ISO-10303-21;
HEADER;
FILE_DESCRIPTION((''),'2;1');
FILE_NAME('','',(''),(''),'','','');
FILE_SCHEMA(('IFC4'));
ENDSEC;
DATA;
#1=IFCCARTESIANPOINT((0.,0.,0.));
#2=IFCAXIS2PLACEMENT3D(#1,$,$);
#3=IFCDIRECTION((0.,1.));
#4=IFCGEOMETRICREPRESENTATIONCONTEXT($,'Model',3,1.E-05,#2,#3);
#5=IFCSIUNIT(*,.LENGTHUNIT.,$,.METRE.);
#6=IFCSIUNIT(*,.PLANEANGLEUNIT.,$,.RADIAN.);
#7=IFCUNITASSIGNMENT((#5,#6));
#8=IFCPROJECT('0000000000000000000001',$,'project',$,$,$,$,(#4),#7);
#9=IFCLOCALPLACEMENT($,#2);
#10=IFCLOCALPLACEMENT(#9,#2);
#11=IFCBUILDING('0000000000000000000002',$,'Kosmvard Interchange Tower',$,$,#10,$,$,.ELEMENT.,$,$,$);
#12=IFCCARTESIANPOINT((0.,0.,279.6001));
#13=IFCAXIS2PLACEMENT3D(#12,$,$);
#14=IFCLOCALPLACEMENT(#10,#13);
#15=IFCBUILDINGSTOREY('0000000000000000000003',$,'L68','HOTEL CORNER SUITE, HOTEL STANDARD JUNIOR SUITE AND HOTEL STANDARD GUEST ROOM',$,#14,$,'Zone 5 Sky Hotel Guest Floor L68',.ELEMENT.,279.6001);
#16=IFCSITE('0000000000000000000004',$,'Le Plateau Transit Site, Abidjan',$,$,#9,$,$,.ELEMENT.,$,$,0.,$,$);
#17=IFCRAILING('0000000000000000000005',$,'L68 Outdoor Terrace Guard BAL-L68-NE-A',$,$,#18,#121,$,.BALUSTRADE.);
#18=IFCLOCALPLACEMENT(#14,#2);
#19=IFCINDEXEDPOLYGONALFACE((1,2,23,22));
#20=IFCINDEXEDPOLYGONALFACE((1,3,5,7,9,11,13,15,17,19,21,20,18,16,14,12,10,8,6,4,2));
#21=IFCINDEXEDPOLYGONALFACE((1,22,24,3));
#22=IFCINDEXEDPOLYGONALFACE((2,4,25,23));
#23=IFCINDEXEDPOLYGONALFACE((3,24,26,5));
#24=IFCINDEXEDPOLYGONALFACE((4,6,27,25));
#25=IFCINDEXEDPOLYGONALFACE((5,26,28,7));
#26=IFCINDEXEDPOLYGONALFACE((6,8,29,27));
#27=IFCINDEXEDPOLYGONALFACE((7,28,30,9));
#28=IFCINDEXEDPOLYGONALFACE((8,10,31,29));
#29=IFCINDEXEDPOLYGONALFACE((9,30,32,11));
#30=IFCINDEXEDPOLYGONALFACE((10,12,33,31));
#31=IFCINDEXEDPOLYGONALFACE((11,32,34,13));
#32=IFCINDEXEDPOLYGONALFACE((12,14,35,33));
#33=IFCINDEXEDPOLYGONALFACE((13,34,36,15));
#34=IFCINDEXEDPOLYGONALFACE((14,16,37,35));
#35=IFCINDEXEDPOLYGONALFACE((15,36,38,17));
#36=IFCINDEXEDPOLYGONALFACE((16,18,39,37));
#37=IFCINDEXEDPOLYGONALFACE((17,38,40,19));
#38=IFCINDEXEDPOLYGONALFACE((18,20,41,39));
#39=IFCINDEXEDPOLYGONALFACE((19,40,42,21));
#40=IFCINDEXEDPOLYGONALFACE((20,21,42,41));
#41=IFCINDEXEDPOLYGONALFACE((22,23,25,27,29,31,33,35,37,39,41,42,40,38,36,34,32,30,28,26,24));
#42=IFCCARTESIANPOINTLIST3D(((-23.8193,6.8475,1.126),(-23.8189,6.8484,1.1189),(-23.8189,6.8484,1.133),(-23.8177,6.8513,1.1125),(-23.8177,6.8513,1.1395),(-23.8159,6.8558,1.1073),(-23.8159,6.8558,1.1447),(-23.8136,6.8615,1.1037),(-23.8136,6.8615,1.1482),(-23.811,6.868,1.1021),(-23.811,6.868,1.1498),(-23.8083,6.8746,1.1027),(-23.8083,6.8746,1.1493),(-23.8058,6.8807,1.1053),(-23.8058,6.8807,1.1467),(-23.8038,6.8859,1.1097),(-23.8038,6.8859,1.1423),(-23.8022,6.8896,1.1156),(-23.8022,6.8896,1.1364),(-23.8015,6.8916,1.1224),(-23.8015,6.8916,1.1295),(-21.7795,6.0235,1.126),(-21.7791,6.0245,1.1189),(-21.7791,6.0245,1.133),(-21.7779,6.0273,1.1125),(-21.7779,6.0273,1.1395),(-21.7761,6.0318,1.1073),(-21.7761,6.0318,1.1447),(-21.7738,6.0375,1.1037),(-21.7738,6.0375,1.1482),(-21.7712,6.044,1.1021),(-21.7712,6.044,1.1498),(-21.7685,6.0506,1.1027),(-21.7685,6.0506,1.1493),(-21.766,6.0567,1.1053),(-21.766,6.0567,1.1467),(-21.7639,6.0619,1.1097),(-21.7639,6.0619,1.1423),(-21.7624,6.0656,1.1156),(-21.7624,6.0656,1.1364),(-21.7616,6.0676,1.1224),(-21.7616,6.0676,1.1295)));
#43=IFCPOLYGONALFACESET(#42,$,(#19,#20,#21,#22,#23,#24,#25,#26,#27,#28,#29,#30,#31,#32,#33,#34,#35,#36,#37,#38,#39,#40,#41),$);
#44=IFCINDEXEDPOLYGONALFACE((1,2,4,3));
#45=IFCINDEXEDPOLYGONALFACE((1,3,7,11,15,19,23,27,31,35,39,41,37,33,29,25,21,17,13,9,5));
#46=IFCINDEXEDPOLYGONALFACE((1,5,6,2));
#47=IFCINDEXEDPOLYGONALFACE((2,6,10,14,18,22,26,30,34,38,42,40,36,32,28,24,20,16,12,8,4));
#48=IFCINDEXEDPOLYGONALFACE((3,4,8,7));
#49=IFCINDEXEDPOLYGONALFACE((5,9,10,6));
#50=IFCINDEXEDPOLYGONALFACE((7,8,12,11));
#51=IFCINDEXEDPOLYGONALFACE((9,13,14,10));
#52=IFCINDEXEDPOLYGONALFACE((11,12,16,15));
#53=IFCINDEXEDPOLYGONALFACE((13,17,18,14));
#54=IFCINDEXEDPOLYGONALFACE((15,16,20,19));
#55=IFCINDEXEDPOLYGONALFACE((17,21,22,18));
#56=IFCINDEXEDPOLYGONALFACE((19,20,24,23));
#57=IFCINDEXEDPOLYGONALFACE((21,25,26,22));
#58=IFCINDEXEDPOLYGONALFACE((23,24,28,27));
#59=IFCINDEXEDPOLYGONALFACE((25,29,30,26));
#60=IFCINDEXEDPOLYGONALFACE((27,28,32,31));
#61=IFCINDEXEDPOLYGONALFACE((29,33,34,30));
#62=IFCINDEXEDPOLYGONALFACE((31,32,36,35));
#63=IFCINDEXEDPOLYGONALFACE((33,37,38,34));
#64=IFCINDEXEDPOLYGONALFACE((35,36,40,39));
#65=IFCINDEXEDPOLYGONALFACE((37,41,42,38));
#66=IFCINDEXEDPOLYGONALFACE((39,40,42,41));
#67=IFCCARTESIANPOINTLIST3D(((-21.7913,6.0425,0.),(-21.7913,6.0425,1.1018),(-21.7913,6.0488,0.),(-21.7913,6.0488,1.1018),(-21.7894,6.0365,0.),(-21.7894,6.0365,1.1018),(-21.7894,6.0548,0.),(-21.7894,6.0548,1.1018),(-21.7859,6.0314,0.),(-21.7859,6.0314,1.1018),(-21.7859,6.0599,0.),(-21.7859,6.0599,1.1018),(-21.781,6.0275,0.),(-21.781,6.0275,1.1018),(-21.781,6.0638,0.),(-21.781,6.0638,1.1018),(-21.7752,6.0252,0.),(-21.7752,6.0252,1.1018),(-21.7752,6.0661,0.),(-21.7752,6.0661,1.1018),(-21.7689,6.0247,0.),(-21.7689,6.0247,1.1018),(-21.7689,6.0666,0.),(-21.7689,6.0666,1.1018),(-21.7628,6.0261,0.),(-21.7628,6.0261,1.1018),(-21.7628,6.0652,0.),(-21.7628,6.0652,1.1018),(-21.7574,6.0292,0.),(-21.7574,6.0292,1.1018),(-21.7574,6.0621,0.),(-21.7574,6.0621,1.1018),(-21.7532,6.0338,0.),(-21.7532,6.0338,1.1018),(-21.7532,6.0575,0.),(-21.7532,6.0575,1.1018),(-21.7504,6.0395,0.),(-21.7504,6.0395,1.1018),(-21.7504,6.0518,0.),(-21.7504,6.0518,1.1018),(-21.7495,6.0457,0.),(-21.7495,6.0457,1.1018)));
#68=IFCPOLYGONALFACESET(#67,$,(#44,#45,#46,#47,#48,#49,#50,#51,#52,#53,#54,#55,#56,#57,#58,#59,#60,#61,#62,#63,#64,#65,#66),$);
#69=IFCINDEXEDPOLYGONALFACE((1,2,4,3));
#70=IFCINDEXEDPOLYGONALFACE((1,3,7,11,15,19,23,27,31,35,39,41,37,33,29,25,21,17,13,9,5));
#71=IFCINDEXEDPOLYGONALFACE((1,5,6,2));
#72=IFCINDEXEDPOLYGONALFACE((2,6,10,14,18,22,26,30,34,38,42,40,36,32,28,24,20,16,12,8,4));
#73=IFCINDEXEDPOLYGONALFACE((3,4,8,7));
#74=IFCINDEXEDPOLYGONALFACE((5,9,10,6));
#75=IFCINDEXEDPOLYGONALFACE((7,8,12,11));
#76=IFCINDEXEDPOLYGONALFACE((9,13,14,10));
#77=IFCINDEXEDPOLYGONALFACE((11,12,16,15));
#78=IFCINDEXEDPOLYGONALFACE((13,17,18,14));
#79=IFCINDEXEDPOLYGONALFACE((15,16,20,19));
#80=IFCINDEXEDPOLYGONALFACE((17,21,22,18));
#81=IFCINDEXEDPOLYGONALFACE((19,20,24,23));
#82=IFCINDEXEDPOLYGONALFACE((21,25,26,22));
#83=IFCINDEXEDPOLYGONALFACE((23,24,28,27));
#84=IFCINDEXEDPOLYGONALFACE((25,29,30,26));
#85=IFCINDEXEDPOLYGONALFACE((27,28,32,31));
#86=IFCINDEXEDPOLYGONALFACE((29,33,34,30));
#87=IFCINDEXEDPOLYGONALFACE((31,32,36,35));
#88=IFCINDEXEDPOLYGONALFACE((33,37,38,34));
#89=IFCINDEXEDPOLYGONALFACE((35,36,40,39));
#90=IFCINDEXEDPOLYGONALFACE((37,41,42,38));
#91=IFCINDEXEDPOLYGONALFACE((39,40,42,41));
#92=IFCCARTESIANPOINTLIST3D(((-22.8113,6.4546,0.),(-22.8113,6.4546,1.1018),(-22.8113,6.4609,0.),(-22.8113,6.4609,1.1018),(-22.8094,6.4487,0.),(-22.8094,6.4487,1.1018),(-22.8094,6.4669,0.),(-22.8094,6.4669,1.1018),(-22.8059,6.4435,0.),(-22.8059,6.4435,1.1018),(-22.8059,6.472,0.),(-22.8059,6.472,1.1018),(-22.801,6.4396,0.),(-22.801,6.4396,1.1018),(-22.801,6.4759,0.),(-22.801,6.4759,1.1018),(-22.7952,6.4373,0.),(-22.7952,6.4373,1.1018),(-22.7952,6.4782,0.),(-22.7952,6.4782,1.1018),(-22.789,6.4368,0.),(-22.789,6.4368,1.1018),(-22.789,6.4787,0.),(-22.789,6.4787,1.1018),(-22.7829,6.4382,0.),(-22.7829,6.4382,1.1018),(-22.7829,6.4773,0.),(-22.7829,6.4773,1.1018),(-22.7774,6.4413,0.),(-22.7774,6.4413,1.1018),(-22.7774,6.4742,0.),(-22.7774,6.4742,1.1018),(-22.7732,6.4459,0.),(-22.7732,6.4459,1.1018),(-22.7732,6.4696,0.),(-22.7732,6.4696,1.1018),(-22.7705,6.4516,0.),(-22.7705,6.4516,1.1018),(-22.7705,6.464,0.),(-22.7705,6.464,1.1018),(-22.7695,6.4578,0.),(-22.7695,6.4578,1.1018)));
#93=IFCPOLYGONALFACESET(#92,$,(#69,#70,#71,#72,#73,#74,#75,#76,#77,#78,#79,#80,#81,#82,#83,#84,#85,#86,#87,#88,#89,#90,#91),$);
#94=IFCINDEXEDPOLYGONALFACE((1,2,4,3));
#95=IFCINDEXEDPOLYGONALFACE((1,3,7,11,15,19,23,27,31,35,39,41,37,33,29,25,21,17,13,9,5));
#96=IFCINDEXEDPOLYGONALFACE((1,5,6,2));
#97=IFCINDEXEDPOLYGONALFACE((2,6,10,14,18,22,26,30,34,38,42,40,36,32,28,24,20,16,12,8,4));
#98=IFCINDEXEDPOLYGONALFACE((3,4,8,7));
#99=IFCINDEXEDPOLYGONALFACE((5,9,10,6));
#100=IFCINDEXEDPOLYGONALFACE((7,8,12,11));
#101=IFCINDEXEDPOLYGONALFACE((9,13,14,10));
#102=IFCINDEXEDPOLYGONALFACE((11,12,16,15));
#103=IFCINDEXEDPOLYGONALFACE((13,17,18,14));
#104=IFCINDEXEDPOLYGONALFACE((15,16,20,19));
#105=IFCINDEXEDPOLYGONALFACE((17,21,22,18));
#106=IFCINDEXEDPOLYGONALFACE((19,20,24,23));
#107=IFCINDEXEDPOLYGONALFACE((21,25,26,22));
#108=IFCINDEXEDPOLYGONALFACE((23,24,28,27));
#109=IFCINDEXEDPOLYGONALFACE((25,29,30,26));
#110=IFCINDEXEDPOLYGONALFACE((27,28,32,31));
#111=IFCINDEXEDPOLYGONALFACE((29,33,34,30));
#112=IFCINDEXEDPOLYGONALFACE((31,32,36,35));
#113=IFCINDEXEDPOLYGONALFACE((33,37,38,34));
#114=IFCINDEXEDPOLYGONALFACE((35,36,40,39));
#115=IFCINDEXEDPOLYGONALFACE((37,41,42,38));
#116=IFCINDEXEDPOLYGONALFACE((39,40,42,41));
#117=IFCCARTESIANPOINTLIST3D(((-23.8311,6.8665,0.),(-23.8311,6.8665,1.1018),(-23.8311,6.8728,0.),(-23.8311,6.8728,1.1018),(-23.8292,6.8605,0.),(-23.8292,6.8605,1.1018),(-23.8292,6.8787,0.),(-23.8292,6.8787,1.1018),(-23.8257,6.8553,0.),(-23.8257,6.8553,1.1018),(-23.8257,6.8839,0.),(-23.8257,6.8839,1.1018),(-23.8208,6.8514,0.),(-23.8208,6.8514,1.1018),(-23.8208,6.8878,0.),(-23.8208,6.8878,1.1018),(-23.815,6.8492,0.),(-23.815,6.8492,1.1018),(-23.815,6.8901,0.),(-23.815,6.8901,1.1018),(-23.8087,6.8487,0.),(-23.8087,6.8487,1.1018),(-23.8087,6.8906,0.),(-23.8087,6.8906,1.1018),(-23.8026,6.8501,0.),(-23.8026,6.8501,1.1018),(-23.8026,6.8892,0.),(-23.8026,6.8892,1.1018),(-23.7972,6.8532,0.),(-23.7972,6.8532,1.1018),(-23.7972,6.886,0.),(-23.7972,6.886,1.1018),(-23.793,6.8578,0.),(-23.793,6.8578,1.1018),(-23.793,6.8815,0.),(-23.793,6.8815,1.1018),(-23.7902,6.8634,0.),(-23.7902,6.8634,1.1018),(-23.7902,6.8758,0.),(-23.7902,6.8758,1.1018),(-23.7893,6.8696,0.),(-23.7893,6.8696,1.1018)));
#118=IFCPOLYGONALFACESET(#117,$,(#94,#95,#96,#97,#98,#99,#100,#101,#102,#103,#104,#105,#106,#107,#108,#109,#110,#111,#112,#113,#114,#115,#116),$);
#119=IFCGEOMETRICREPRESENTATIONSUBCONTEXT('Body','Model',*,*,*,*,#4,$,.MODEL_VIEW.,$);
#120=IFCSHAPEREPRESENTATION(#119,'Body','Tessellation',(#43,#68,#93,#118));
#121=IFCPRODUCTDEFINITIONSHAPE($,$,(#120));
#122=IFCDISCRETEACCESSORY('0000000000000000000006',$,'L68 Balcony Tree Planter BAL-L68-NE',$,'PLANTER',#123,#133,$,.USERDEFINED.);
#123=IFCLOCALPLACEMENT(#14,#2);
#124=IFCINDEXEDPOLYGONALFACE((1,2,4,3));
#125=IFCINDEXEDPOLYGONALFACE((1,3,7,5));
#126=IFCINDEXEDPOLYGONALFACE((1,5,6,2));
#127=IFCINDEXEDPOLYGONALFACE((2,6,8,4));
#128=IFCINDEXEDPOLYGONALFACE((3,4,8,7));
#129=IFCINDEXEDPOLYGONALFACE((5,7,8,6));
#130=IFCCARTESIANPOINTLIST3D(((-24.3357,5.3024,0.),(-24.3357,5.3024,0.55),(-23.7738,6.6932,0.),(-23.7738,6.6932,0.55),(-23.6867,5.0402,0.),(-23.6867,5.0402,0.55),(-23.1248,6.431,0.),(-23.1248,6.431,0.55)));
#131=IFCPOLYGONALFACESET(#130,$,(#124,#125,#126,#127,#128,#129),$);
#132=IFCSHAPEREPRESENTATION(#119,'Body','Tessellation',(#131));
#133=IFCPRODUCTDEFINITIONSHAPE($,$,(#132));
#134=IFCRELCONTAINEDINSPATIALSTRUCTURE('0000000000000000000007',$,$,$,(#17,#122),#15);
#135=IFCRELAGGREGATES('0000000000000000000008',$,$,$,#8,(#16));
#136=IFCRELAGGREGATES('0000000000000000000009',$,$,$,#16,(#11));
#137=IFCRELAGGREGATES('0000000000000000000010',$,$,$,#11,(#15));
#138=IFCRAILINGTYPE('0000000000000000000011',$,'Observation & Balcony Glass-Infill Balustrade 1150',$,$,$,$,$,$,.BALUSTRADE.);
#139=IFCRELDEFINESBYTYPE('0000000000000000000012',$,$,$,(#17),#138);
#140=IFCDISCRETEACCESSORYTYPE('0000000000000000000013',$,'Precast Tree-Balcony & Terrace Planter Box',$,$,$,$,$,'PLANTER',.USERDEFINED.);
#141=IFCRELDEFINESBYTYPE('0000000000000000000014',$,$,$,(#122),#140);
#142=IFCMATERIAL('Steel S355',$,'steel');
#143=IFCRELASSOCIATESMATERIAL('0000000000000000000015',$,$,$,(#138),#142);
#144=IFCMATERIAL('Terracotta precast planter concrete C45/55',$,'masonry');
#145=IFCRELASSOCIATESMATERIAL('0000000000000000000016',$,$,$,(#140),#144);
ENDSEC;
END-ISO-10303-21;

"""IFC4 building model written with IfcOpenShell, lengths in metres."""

from ifc_helpers import new_model, si_unit, direction, frame, origin, origin_2d, place, context, subcontext, project, spatial, rectangle, circle, extrude, source, transform, mapped, material, type_object, element, save


model = new_model("IFC4")

# Units and contexts
model_context = context("Model", 3, precision=1e-05, world=origin(), true_north=direction((0.0, 1.0)))
body_context = subcontext(model_context, "Body", "Model", "MODEL_VIEW")
ifc_project = project(units=[si_unit("LENGTHUNIT", "METRE"), si_unit("PLANEANGLEUNIT", "RADIAN")], contexts=[model_context])

# Site, building, storey
site_placement = place(None, origin())
site = spatial("IfcSite", under=ifc_project, at=site_placement, Name="Le Plateau Transit Site, Abidjan", CompositionType="ELEMENT", RefElevation=0.0)
building_placement = place(site_placement, origin())
building = spatial("IfcBuilding", under=site, at=building_placement, Name="Kosmvard Interchange Tower", CompositionType="ELEMENT")
storey_placement = place(building_placement, frame((0.0, 0.0, 279.6001)))
storey = spatial("IfcBuildingStorey", under=building, at=storey_placement, Name="L68", Description="HOTEL CORNER SUITE, HOTEL STANDARD JUNIOR SUITE AND HOTEL STANDARD GUEST ROOM", LongName="Zone 5 Sky Hotel Guest Floor L68", CompositionType="ELEMENT", Elevation=279.6001)

# Shared definitions
ifc_material_1 = material(Name="Steel S355", Category="steel")

# Railing
railing_type = type_object("IfcRailingType", Name="Observation & Balcony Glass-Infill Balustrade 1150", PredefinedType="BALUSTRADE", material=ifc_material_1)
shared_shape_1 = source(origin(), body_context, "Body", "SweptSolid", [
    extrude(circle(Radius=0.0239, at=origin_2d()), frame((0.0, 0.0, 1.126), z_axis=(-0.927208, 0.374546, 0.0), x_axis=(-0.374546, -0.927208, 0.0)), (0.0, 0.0, 1.0), 2.2),
    extrude(circle(Radius=0.021, at=origin_2d()), origin(), (0.0, 0.0, 1.0), 1.1018),
    extrude(circle(Radius=0.021, at=origin_2d()), frame((-1.02, 0.4121, 0.0)), (0.0, 0.0, 1.0), 1.1018),
    extrude(circle(Radius=0.021, at=origin_2d()), frame((-2.0398, 0.824, 0.0)), (0.0, 0.0, 1.0), 1.1018),
])
railing_1_placement = place(storey_placement, frame((-21.7705, 6.0457, 0.0)))
element("IfcRailing", 1, at=railing_1_placement, inside=storey, type_object=railing_type, Name="L68 Outdoor Terrace Guard BAL-L68-NE-A", PredefinedType="BALUSTRADE", context=body_context, shape_type="MappedRepresentation", body=[
    mapped(shared_shape_1, transform((0.0, 0.0, 0.0), scale=1.0)),
])

# Discrete accessory
ifc_material_2 = material(Name="Terracotta precast planter concrete C45/55", Category="masonry")
discrete_accessory_type = type_object("IfcDiscreteAccessoryType", Name="Precast Tree-Balcony & Terrace Planter Box", ElementType="PLANTER", PredefinedType="USERDEFINED", material=ifc_material_2)
shared_shape_2 = source(origin(), body_context, "Body", "SweptSolid", [
    extrude(rectangle(XDim=1.5, YDim=0.7, at=origin_2d()), origin(), (0.0, 0.0, 1.0), 0.55),
])
discrete_accessory_placement = place(storey_placement, frame((-23.7302, 5.8667, 0.0), z_axis=(0.0, 0.0, 1.0), x_axis=(0.374607, 0.927184, 0.0)))
element("IfcDiscreteAccessory", 2, at=discrete_accessory_placement, inside=storey, type_object=discrete_accessory_type, Name="L68 Balcony Tree Planter BAL-L68-NE", ObjectType="PLANTER", PredefinedType="USERDEFINED", context=body_context, shape_type="MappedRepresentation", body=[
    mapped(shared_shape_2, transform((0.0, 0.0, 0.0), scale=1.0)),
])

save(model, "model.ifc")
